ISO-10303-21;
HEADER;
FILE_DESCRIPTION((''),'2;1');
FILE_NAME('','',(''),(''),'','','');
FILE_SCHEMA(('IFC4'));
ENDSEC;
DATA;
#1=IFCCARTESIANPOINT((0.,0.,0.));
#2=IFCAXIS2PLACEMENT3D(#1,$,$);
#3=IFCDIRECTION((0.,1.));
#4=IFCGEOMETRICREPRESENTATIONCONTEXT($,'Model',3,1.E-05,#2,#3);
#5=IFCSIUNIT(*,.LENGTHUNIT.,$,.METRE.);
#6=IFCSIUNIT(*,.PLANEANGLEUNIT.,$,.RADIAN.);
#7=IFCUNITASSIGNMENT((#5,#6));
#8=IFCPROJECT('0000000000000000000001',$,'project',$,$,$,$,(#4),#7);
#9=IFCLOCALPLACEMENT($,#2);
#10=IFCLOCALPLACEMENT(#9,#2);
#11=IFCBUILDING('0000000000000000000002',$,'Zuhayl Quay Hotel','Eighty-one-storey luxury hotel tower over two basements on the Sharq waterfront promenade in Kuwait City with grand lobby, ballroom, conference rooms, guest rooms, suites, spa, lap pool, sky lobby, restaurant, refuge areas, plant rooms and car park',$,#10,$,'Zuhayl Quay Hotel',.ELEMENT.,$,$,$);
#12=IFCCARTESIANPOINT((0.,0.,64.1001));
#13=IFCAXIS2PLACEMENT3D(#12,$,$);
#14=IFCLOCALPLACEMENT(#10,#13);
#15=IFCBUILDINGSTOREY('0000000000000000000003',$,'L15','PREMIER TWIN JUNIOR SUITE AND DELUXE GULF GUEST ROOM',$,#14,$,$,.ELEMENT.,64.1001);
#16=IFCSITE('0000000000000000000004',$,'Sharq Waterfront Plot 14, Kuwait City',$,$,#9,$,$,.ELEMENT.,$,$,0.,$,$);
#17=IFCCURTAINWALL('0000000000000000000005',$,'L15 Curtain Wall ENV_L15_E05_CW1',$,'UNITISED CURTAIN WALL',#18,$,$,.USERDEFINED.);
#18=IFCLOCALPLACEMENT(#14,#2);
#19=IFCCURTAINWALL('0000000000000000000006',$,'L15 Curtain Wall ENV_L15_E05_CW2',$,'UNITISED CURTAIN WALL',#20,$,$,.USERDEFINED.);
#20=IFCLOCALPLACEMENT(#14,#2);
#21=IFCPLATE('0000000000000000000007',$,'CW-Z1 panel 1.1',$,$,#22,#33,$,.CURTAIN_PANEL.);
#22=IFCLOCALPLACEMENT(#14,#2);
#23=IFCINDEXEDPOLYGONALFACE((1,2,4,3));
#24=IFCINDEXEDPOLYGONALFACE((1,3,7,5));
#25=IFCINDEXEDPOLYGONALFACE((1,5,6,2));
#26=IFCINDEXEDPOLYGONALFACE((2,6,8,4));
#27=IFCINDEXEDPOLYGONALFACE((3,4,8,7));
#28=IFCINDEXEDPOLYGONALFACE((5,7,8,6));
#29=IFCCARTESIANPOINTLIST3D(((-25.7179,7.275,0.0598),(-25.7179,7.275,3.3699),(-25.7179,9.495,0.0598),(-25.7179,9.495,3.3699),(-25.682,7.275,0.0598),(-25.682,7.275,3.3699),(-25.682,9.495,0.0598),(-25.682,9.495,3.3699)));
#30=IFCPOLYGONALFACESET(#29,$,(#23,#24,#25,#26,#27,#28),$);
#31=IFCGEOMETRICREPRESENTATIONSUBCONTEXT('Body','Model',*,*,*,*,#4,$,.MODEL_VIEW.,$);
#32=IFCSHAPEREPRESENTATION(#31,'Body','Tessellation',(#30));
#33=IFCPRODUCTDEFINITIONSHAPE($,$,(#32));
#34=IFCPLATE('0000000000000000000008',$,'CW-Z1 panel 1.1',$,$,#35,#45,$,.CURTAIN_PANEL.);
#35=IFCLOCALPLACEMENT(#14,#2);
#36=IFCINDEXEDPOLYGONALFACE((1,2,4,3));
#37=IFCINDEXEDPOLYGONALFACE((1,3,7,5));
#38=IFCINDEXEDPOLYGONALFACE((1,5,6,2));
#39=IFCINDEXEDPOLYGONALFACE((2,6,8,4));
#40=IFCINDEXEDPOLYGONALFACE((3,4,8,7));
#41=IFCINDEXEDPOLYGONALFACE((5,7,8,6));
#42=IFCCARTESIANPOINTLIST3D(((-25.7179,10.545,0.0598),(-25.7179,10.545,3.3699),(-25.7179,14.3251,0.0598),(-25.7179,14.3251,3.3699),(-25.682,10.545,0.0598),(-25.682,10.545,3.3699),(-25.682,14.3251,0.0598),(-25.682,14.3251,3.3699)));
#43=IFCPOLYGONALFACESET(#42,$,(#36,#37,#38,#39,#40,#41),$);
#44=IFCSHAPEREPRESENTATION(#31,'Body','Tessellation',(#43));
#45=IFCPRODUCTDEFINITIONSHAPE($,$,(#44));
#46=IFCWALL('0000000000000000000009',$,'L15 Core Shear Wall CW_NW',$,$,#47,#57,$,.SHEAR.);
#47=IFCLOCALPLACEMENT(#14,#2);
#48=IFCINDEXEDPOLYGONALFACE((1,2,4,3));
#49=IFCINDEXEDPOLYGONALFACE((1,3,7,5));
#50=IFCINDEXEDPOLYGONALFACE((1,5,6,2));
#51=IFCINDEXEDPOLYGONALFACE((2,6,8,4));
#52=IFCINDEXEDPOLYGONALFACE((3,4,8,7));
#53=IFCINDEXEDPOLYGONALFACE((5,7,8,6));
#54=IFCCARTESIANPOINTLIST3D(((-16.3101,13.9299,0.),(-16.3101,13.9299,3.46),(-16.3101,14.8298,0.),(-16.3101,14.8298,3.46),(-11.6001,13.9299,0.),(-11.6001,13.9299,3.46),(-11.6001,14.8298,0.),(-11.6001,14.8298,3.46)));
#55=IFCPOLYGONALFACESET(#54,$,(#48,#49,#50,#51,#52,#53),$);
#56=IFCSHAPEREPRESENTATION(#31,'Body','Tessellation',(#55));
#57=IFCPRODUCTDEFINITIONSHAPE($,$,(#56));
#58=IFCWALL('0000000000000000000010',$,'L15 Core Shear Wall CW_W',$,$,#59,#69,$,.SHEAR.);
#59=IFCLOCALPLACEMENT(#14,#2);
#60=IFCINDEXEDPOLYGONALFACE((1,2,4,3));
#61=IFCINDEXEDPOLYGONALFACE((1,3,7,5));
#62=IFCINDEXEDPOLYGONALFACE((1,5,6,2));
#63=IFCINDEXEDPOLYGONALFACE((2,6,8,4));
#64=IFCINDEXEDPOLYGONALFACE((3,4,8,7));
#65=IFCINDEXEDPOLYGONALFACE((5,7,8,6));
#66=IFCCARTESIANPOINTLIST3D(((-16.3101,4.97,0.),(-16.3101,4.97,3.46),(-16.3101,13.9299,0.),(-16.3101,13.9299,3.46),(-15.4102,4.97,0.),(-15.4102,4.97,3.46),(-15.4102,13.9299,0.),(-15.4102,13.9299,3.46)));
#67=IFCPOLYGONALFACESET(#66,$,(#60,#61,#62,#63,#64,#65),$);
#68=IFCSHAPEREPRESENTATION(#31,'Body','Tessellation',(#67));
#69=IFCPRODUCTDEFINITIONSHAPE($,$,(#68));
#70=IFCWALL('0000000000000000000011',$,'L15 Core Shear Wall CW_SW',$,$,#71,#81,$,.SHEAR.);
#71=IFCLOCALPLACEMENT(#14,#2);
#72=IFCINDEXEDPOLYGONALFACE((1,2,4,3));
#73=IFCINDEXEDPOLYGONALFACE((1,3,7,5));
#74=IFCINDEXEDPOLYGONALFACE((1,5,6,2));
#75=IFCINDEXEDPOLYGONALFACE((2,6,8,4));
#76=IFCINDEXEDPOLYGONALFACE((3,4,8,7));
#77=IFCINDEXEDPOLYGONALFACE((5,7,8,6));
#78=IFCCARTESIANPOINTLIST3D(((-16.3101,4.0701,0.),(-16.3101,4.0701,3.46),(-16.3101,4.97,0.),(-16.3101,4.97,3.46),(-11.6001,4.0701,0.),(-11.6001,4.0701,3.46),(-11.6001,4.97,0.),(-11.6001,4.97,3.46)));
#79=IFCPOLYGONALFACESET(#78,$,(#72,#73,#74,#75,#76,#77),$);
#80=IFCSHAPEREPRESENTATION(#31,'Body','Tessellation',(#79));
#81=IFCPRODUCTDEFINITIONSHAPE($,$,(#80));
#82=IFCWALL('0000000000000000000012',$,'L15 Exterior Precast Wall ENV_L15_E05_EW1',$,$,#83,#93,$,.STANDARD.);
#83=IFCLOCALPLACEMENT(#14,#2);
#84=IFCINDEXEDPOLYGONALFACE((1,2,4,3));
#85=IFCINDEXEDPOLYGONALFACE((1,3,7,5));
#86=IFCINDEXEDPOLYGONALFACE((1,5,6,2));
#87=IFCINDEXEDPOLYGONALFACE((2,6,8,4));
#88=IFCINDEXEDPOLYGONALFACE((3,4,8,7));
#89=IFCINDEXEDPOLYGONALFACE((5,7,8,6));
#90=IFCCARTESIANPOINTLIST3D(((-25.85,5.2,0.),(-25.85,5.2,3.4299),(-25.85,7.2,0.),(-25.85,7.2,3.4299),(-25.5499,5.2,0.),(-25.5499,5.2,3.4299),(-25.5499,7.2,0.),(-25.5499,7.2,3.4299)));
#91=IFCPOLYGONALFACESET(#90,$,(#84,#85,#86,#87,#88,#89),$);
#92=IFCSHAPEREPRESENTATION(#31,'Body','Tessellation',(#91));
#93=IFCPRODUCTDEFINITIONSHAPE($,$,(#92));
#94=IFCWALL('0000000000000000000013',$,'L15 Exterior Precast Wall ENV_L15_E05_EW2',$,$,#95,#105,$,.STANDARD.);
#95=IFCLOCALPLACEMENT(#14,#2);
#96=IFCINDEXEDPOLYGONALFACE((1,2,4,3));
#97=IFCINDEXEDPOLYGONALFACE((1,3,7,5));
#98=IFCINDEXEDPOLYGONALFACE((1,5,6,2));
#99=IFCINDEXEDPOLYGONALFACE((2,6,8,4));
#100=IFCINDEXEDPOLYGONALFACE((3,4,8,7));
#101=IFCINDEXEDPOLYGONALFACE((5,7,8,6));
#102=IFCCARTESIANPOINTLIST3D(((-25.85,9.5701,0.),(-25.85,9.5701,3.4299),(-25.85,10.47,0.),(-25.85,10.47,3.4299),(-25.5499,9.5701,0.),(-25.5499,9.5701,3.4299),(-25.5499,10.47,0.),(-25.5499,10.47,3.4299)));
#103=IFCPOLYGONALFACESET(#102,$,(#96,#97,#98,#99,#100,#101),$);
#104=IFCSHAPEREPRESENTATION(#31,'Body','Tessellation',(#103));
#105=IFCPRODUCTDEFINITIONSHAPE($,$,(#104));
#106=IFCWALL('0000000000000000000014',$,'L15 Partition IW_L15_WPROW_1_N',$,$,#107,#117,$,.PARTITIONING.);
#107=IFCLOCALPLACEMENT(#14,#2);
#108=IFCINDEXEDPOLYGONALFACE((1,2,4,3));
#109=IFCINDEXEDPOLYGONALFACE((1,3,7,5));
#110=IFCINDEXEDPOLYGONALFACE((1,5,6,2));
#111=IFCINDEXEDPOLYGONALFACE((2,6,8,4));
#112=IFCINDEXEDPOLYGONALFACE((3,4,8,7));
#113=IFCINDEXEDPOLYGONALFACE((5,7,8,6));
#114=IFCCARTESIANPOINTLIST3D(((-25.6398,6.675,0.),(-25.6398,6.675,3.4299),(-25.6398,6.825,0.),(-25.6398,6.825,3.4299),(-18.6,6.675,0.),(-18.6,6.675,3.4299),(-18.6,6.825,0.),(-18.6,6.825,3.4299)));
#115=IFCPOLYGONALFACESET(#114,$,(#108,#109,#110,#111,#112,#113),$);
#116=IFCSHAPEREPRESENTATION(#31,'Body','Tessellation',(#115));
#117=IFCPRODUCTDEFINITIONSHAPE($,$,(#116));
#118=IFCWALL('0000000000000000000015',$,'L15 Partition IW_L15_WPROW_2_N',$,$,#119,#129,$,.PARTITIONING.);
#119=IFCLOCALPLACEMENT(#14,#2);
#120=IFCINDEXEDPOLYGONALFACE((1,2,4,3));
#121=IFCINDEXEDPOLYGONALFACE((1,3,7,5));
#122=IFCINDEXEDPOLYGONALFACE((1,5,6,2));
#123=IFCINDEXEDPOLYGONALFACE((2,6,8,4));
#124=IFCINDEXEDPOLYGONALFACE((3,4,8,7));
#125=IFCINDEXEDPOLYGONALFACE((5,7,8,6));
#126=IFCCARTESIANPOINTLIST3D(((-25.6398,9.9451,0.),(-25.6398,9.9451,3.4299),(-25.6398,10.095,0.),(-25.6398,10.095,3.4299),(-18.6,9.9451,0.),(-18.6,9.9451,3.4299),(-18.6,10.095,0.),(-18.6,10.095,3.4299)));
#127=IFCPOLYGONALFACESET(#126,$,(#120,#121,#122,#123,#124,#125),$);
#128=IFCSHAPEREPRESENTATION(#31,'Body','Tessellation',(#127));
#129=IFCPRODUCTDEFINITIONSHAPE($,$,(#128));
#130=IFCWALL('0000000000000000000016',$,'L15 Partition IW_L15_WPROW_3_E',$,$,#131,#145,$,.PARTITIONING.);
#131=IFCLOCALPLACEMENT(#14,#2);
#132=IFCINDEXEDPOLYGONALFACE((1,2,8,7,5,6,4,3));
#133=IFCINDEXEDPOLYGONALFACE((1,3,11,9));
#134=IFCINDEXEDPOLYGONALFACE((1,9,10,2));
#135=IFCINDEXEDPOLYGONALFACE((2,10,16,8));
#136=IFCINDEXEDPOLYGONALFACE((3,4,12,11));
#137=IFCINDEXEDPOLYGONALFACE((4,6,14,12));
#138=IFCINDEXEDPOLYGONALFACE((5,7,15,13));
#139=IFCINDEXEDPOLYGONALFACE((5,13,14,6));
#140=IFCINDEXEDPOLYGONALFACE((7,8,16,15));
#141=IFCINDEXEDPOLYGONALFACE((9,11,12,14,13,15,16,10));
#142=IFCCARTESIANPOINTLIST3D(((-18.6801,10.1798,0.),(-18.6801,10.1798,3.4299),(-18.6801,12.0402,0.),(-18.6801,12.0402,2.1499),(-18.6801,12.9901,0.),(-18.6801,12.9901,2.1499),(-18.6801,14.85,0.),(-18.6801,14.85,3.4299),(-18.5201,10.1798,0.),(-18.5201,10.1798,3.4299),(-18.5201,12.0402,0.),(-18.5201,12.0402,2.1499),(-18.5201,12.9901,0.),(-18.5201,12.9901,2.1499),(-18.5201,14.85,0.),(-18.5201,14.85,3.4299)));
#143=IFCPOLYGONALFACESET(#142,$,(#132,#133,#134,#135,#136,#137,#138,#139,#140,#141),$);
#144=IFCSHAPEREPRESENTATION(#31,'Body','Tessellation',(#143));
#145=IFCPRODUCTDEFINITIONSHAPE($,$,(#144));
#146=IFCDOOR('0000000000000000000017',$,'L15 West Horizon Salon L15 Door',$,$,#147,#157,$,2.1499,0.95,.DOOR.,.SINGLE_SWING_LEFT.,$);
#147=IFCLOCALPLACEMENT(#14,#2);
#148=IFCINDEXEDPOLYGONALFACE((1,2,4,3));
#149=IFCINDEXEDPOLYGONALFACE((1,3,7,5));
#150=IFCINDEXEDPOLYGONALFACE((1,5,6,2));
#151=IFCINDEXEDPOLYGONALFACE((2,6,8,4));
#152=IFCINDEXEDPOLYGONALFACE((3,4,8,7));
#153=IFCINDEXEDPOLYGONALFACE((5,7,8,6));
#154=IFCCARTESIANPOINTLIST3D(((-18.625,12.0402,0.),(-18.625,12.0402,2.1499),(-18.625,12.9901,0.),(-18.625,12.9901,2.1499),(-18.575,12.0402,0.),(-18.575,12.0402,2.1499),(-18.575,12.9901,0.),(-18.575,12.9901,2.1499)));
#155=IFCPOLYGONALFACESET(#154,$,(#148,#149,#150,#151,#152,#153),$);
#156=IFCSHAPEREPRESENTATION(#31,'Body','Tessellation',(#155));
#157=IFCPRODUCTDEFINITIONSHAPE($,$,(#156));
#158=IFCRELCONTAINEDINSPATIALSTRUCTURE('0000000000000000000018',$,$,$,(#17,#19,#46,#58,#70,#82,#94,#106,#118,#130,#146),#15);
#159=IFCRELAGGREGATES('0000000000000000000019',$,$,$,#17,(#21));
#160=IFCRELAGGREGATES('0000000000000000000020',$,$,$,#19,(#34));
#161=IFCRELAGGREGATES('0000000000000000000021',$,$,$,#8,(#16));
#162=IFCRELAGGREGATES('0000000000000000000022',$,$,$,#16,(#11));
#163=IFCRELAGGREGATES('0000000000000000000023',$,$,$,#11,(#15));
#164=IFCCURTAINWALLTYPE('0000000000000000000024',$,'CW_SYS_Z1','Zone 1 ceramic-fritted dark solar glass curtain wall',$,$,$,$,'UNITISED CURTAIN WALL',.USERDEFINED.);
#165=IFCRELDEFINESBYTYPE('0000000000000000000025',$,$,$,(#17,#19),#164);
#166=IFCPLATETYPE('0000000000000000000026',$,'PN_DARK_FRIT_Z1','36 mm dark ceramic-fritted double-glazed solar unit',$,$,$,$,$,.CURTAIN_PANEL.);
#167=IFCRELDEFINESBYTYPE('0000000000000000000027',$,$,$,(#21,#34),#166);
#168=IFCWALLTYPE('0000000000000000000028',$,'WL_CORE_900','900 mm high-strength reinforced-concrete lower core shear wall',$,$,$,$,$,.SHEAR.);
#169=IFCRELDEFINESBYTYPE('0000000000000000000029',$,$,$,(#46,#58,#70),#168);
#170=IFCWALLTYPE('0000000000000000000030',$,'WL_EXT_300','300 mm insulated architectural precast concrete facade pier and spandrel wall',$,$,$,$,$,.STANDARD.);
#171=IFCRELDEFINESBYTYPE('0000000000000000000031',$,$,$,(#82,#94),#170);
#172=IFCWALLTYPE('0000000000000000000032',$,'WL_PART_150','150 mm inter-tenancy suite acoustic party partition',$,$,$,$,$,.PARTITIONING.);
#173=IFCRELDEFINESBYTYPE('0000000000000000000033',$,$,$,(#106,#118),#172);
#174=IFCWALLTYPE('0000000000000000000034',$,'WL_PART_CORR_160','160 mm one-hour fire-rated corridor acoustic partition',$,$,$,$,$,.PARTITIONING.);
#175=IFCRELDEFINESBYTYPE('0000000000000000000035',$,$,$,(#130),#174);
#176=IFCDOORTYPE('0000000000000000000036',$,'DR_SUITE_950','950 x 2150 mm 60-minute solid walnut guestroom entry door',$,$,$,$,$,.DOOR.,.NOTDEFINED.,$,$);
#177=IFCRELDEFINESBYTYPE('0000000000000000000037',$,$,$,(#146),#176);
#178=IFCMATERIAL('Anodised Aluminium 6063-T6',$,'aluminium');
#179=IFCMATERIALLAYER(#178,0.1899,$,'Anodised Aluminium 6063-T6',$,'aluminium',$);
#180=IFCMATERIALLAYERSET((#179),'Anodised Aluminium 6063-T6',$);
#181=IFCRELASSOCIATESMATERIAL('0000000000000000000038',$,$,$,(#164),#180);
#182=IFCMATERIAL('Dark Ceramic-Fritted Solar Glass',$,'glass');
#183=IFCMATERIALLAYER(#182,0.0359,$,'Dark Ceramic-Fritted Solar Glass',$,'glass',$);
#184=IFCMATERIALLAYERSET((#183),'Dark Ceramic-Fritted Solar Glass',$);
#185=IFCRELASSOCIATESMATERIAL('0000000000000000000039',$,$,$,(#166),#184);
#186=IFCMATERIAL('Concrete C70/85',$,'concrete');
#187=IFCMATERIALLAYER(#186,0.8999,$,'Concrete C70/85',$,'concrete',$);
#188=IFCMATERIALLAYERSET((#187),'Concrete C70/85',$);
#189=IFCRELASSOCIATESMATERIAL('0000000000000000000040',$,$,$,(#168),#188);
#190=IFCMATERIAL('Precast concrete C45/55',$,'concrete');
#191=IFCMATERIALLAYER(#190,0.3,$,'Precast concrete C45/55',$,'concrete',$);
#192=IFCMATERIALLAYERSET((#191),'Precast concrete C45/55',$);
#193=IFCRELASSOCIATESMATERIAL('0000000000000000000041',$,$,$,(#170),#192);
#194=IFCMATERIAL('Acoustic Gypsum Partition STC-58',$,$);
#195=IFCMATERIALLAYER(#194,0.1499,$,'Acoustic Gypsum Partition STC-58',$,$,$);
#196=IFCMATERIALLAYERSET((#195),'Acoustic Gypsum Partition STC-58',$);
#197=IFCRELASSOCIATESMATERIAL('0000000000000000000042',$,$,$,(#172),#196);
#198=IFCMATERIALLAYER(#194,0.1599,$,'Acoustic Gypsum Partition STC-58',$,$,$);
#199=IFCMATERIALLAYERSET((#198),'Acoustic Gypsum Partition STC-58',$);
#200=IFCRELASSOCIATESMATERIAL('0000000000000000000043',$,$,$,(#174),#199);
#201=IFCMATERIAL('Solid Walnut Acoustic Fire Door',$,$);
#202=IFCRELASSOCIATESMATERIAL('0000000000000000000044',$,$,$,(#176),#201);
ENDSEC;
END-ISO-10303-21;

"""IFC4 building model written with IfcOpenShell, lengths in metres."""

from ifc_helpers import new_model, si_unit, direction, frame, frame_2d, origin, origin_2d, place, context, subcontext, project, spatial, rectangle, extrude, material, layer, layer_set, type_object, element, fill, aggregate, save


model = new_model("IFC4")

# Units and contexts
model_context = context("Model", 3, precision=1e-05, world=origin(), true_north=direction((0.0, 1.0)))
body_context = subcontext(model_context, "Body", "Model", "MODEL_VIEW")
ifc_project = project(units=[si_unit("LENGTHUNIT", "METRE"), si_unit("PLANEANGLEUNIT", "RADIAN")], contexts=[model_context])

# Site, building, storey
site_placement = place(None, origin())
site = spatial("IfcSite", under=ifc_project, at=site_placement, Name="Sharq Waterfront Plot 14, Kuwait City", CompositionType="ELEMENT", RefElevation=0.0)
building_placement = place(site_placement, origin())
building = spatial("IfcBuilding", under=site, at=building_placement, Name="Zuhayl Quay Hotel", Description="Eighty-one-storey luxury hotel tower over two basements on the Sharq waterfront promenade in Kuwait City with grand lobby, ballroom, conference rooms, guest rooms, suites, spa, lap pool, sky lobby, restaurant, refuge areas, plant rooms and car park", LongName="Zuhayl Quay Hotel", CompositionType="ELEMENT")
storey_placement = place(building_placement, frame((0.0, 0.0, 64.1001)))
storey = spatial("IfcBuildingStorey", under=building, at=storey_placement, Name="L15", Description="PREMIER TWIN JUNIOR SUITE AND DELUXE GULF GUEST ROOM", CompositionType="ELEMENT", Elevation=64.1001)

# Shared definitions
ifc_material_1 = material(Name="Concrete C70/85", Category="concrete")

# Curtain walls
ifc_material_2 = material(Name="Anodised Aluminium 6063-T6", Category="aluminium")
ifc_layer_1 = layer(ifc_material_2, 0.1899, Name="Anodised Aluminium 6063-T6", Category="aluminium")
ifc_layer_set_1 = layer_set([ifc_layer_1], Name="Anodised Aluminium 6063-T6")
curtain_wall_type = type_object("IfcCurtainWallType", Name="CW_SYS_Z1", Description="Zone 1 ceramic-fritted dark solar glass curtain wall", ElementType="UNITISED CURTAIN WALL", PredefinedType="USERDEFINED", material=ifc_layer_set_1)
curtain_wall_1_placement = place(storey_placement, origin())
curtain_wall_1 = element("IfcCurtainWall", 1, at=curtain_wall_1_placement, inside=storey, type_object=curtain_wall_type, Name="L15 Curtain Wall ENV_L15_E05_CW1", ObjectType="UNITISED CURTAIN WALL", PredefinedType="USERDEFINED")
curtain_wall_2_placement = place(storey_placement, origin())
curtain_wall_2 = element("IfcCurtainWall", 2, at=curtain_wall_2_placement, inside=storey, type_object=curtain_wall_type, Name="L15 Curtain Wall ENV_L15_E05_CW2", ObjectType="UNITISED CURTAIN WALL", PredefinedType="USERDEFINED")

# Plates
ifc_material_3 = material(Name="Dark Ceramic-Fritted Solar Glass", Category="glass")
ifc_layer_2 = layer(ifc_material_3, 0.0359, Name="Dark Ceramic-Fritted Solar Glass", Category="glass")
ifc_layer_set_2 = layer_set([ifc_layer_2], Name="Dark Ceramic-Fritted Solar Glass")
plate_type = type_object("IfcPlateType", Name="PN_DARK_FRIT_Z1", Description="36 mm dark ceramic-fritted double-glazed solar unit", PredefinedType="CURTAIN_PANEL", material=ifc_layer_set_2)
plate_1_placement = place(storey_placement, frame((-25.7, 8.385, 0.0598), z_axis=(0.0, 0.0, 1.0), x_axis=(0.0, 1.0, 0.0)))
plate_1 = element("IfcPlate", 3, at=plate_1_placement, type_object=plate_type, Name="CW-Z1 panel 1.1", PredefinedType="CURTAIN_PANEL", context=body_context, shape_type="SweptSolid", body=[
    extrude(rectangle(XDim=2.22, YDim=0.0359, at=origin_2d()), origin(), (0.0, 0.0, 1.0), 3.3101),
])
aggregate(curtain_wall_1, [plate_1])
plate_2_placement = place(storey_placement, frame((-25.7, 12.4351, 0.0598), z_axis=(0.0, 0.0, 1.0), x_axis=(0.0, 1.0, 0.0)))
plate_2 = element("IfcPlate", 4, at=plate_2_placement, type_object=plate_type, Name="CW-Z1 panel 1.1", PredefinedType="CURTAIN_PANEL", context=body_context, shape_type="SweptSolid", body=[
    extrude(rectangle(XDim=3.78, YDim=0.0359, at=origin_2d()), origin(), (0.0, 0.0, 1.0), 3.3101),
])
aggregate(curtain_wall_2, [plate_2])

# Walls
ifc_layer_3 = layer(ifc_material_1, 0.8999, Name="Concrete C70/85", Category="concrete")
ifc_layer_set_3 = layer_set([ifc_layer_3], Name="Concrete C70/85")
wall_type_1 = type_object("IfcWallType", Name="WL_CORE_900", Description="900 mm high-strength reinforced-concrete lower core shear wall", PredefinedType="SHEAR", material=ifc_layer_set_3)
wall_1_placement = place(storey_placement, frame((-16.3101, 14.3799, 0.0), z_axis=(0.0, 0.0, 1.0), x_axis=(1.0, 0.0, 0.0)))
element("IfcWall", 5, at=wall_1_placement, inside=storey, type_object=wall_type_1, Name="L15 Core Shear Wall CW_NW", PredefinedType="SHEAR", context=body_context, shape_type="SweptSolid", body=[
    extrude(rectangle(XDim=4.71, YDim=0.8999, at=frame_2d((2.355, 0.0))), origin(), (0.0, 0.0, 1.0), 3.46),
])
wall_2_placement = place(storey_placement, frame((-15.8601, 4.97, 0.0), z_axis=(0.0, 0.0, 1.0), x_axis=(0.0, 1.0, 0.0)))
element("IfcWall", 6, at=wall_2_placement, inside=storey, type_object=wall_type_1, Name="L15 Core Shear Wall CW_W", PredefinedType="SHEAR", context=body_context, shape_type="SweptSolid", body=[
    extrude(rectangle(XDim=8.96, YDim=0.8999, at=frame_2d((4.48, 0.0))), origin(), (0.0, 0.0, 1.0), 3.46),
])
wall_3_placement = place(storey_placement, frame((-16.3101, 4.52, 0.0), z_axis=(0.0, 0.0, 1.0), x_axis=(1.0, 0.0, 0.0)))
element("IfcWall", 7, at=wall_3_placement, inside=storey, type_object=wall_type_1, Name="L15 Core Shear Wall CW_SW", PredefinedType="SHEAR", context=body_context, shape_type="SweptSolid", body=[
    extrude(rectangle(XDim=4.71, YDim=0.8999, at=frame_2d((2.355, 0.0))), origin(), (0.0, 0.0, 1.0), 3.46),
])
ifc_material_4 = material(Name="Precast concrete C45/55", Category="concrete")
ifc_layer_4 = layer(ifc_material_4, 0.3, Name="Precast concrete C45/55", Category="concrete")
ifc_layer_set_4 = layer_set([ifc_layer_4], Name="Precast concrete C45/55")
wall_type_2 = type_object("IfcWallType", Name="WL_EXT_300", Description="300 mm insulated architectural precast concrete facade pier and spandrel wall", PredefinedType="STANDARD", material=ifc_layer_set_4)
wall_4_placement = place(storey_placement, frame((-25.7, 5.2, 0.0), z_axis=(0.0, 0.0, 1.0), x_axis=(0.0, 1.0, 0.0)))
element("IfcWall", 8, at=wall_4_placement, inside=storey, type_object=wall_type_2, Name="L15 Exterior Precast Wall ENV_L15_E05_EW1", PredefinedType="STANDARD", context=body_context, shape_type="SweptSolid", body=[
    extrude(rectangle(XDim=2.0, YDim=0.3, at=frame_2d((1.0, 0.0))), origin(), (0.0, 0.0, 1.0), 3.4299),
])
wall_5_placement = place(storey_placement, frame((-25.7, 9.5701, 0.0), z_axis=(0.0, 0.0, 1.0), x_axis=(0.0, 1.0, 0.0)))
element("IfcWall", 9, at=wall_5_placement, inside=storey, type_object=wall_type_2, Name="L15 Exterior Precast Wall ENV_L15_E05_EW2", PredefinedType="STANDARD", context=body_context, shape_type="SweptSolid", body=[
    extrude(rectangle(XDim=0.8999, YDim=0.3, at=frame_2d((0.45, 0.0))), origin(), (0.0, 0.0, 1.0), 3.4299),
])
ifc_material_5 = material(Name="Acoustic Gypsum Partition STC-58")
ifc_layer_5 = layer(ifc_material_5, 0.1499, Name="Acoustic Gypsum Partition STC-58")
ifc_layer_set_5 = layer_set([ifc_layer_5], Name="Acoustic Gypsum Partition STC-58")
wall_type_3 = type_object("IfcWallType", Name="WL_PART_150", Description="150 mm inter-tenancy suite acoustic party partition", PredefinedType="PARTITIONING", material=ifc_layer_set_5)
for number, where, z_axis, x_axis, name in (
    (10, (-25.6399, 6.75, 0.0), (0.0, 0.0, 1.0), (1.0, 0.0, 0.0), "L15 Partition IW_L15_WPROW_1_N"),
    (11, (-25.6399, 10.02, 0.0), (0.0, 0.0, 1.0), (1.0, 0.0, 0.0), "L15 Partition IW_L15_WPROW_2_N"),
):
    element("IfcWall", number, at=place(storey_placement, frame(where, z_axis=z_axis, x_axis=x_axis)), inside=storey, type_object=wall_type_3, Name=name, PredefinedType="PARTITIONING", context=body_context, shape_type="SweptSolid", body=[
        extrude(rectangle(XDim=7.0398, YDim=0.1499, at=frame_2d((3.52, 0.0))), origin(), (0.0, 0.0, 1.0), 3.4299),
    ])

# Wall, opening, door
ifc_layer_6 = layer(ifc_material_5, 0.1599, Name="Acoustic Gypsum Partition STC-58")
ifc_layer_set_6 = layer_set([ifc_layer_6], Name="Acoustic Gypsum Partition STC-58")
wall_type_4 = type_object("IfcWallType", Name="WL_PART_CORR_160", Description="160 mm one-hour fire-rated corridor acoustic partition", PredefinedType="PARTITIONING", material=ifc_layer_set_6)
ifc_material_6 = material(Name="Solid Walnut Acoustic Fire Door")
door_type = type_object("IfcDoorType", Name="DR_SUITE_950", Description="950 x 2150 mm 60-minute solid walnut guestroom entry door", OperationType="NOTDEFINED", PredefinedType="DOOR", material=ifc_material_6)
wall_6_placement = place(storey_placement, frame((-18.6001, 10.1799, 0.0), z_axis=(0.0, 0.0, 1.0), x_axis=(0.0, 1.0, 0.0)))
wall_6 = element("IfcWall", 12, at=wall_6_placement, inside=storey, type_object=wall_type_4, Name="L15 Partition IW_L15_WPROW_3_E", PredefinedType="PARTITIONING", context=body_context, shape_type="SweptSolid", body=[
    extrude(rectangle(XDim=4.6702, YDim=0.1599, at=frame_2d((2.335, 0.0))), origin(), (0.0, 0.0, 1.0), 3.4299),
])
opening_1_placement = place(wall_6_placement, frame((1.8601, 0.0, 0.0)))
opening_1 = element("IfcOpeningElement", 13, at=opening_1_placement, cuts=wall_6, PredefinedType="OPENING", context=body_context, shape_type="SweptSolid", body=[
    extrude(rectangle(XDim=0.95, YDim=2.1499, at=frame_2d((0.4751, 1.075))), frame((0.0, 0.0898, 0.0), z_axis=(0.0, -1.0, 0.0), x_axis=(1.0, 0.0, 0.0)), (0.0, 0.0, 1.0), 0.1799),
])
door_1_placement = place(opening_1_placement, origin())
door_1 = element("IfcDoor", 14, at=door_1_placement, inside=storey, type_object=door_type, Name="L15 West Horizon Salon L15 Door", OperationType="SINGLE_SWING_LEFT", OverallHeight=2.1499, OverallWidth=0.95, PredefinedType="DOOR", context=body_context, shape_type="SweptSolid", body=[
    extrude(rectangle(XDim=0.95, YDim=2.1499, at=frame_2d((0.4751, 1.075))), frame((0.0, 0.0249, 0.0), z_axis=(0.0, -1.0, 0.0), x_axis=(1.0, 0.0, 0.0)), (0.0, 0.0, 1.0), 0.05),
])
fill(opening_1, door_1)

save(model, "model.ifc")
